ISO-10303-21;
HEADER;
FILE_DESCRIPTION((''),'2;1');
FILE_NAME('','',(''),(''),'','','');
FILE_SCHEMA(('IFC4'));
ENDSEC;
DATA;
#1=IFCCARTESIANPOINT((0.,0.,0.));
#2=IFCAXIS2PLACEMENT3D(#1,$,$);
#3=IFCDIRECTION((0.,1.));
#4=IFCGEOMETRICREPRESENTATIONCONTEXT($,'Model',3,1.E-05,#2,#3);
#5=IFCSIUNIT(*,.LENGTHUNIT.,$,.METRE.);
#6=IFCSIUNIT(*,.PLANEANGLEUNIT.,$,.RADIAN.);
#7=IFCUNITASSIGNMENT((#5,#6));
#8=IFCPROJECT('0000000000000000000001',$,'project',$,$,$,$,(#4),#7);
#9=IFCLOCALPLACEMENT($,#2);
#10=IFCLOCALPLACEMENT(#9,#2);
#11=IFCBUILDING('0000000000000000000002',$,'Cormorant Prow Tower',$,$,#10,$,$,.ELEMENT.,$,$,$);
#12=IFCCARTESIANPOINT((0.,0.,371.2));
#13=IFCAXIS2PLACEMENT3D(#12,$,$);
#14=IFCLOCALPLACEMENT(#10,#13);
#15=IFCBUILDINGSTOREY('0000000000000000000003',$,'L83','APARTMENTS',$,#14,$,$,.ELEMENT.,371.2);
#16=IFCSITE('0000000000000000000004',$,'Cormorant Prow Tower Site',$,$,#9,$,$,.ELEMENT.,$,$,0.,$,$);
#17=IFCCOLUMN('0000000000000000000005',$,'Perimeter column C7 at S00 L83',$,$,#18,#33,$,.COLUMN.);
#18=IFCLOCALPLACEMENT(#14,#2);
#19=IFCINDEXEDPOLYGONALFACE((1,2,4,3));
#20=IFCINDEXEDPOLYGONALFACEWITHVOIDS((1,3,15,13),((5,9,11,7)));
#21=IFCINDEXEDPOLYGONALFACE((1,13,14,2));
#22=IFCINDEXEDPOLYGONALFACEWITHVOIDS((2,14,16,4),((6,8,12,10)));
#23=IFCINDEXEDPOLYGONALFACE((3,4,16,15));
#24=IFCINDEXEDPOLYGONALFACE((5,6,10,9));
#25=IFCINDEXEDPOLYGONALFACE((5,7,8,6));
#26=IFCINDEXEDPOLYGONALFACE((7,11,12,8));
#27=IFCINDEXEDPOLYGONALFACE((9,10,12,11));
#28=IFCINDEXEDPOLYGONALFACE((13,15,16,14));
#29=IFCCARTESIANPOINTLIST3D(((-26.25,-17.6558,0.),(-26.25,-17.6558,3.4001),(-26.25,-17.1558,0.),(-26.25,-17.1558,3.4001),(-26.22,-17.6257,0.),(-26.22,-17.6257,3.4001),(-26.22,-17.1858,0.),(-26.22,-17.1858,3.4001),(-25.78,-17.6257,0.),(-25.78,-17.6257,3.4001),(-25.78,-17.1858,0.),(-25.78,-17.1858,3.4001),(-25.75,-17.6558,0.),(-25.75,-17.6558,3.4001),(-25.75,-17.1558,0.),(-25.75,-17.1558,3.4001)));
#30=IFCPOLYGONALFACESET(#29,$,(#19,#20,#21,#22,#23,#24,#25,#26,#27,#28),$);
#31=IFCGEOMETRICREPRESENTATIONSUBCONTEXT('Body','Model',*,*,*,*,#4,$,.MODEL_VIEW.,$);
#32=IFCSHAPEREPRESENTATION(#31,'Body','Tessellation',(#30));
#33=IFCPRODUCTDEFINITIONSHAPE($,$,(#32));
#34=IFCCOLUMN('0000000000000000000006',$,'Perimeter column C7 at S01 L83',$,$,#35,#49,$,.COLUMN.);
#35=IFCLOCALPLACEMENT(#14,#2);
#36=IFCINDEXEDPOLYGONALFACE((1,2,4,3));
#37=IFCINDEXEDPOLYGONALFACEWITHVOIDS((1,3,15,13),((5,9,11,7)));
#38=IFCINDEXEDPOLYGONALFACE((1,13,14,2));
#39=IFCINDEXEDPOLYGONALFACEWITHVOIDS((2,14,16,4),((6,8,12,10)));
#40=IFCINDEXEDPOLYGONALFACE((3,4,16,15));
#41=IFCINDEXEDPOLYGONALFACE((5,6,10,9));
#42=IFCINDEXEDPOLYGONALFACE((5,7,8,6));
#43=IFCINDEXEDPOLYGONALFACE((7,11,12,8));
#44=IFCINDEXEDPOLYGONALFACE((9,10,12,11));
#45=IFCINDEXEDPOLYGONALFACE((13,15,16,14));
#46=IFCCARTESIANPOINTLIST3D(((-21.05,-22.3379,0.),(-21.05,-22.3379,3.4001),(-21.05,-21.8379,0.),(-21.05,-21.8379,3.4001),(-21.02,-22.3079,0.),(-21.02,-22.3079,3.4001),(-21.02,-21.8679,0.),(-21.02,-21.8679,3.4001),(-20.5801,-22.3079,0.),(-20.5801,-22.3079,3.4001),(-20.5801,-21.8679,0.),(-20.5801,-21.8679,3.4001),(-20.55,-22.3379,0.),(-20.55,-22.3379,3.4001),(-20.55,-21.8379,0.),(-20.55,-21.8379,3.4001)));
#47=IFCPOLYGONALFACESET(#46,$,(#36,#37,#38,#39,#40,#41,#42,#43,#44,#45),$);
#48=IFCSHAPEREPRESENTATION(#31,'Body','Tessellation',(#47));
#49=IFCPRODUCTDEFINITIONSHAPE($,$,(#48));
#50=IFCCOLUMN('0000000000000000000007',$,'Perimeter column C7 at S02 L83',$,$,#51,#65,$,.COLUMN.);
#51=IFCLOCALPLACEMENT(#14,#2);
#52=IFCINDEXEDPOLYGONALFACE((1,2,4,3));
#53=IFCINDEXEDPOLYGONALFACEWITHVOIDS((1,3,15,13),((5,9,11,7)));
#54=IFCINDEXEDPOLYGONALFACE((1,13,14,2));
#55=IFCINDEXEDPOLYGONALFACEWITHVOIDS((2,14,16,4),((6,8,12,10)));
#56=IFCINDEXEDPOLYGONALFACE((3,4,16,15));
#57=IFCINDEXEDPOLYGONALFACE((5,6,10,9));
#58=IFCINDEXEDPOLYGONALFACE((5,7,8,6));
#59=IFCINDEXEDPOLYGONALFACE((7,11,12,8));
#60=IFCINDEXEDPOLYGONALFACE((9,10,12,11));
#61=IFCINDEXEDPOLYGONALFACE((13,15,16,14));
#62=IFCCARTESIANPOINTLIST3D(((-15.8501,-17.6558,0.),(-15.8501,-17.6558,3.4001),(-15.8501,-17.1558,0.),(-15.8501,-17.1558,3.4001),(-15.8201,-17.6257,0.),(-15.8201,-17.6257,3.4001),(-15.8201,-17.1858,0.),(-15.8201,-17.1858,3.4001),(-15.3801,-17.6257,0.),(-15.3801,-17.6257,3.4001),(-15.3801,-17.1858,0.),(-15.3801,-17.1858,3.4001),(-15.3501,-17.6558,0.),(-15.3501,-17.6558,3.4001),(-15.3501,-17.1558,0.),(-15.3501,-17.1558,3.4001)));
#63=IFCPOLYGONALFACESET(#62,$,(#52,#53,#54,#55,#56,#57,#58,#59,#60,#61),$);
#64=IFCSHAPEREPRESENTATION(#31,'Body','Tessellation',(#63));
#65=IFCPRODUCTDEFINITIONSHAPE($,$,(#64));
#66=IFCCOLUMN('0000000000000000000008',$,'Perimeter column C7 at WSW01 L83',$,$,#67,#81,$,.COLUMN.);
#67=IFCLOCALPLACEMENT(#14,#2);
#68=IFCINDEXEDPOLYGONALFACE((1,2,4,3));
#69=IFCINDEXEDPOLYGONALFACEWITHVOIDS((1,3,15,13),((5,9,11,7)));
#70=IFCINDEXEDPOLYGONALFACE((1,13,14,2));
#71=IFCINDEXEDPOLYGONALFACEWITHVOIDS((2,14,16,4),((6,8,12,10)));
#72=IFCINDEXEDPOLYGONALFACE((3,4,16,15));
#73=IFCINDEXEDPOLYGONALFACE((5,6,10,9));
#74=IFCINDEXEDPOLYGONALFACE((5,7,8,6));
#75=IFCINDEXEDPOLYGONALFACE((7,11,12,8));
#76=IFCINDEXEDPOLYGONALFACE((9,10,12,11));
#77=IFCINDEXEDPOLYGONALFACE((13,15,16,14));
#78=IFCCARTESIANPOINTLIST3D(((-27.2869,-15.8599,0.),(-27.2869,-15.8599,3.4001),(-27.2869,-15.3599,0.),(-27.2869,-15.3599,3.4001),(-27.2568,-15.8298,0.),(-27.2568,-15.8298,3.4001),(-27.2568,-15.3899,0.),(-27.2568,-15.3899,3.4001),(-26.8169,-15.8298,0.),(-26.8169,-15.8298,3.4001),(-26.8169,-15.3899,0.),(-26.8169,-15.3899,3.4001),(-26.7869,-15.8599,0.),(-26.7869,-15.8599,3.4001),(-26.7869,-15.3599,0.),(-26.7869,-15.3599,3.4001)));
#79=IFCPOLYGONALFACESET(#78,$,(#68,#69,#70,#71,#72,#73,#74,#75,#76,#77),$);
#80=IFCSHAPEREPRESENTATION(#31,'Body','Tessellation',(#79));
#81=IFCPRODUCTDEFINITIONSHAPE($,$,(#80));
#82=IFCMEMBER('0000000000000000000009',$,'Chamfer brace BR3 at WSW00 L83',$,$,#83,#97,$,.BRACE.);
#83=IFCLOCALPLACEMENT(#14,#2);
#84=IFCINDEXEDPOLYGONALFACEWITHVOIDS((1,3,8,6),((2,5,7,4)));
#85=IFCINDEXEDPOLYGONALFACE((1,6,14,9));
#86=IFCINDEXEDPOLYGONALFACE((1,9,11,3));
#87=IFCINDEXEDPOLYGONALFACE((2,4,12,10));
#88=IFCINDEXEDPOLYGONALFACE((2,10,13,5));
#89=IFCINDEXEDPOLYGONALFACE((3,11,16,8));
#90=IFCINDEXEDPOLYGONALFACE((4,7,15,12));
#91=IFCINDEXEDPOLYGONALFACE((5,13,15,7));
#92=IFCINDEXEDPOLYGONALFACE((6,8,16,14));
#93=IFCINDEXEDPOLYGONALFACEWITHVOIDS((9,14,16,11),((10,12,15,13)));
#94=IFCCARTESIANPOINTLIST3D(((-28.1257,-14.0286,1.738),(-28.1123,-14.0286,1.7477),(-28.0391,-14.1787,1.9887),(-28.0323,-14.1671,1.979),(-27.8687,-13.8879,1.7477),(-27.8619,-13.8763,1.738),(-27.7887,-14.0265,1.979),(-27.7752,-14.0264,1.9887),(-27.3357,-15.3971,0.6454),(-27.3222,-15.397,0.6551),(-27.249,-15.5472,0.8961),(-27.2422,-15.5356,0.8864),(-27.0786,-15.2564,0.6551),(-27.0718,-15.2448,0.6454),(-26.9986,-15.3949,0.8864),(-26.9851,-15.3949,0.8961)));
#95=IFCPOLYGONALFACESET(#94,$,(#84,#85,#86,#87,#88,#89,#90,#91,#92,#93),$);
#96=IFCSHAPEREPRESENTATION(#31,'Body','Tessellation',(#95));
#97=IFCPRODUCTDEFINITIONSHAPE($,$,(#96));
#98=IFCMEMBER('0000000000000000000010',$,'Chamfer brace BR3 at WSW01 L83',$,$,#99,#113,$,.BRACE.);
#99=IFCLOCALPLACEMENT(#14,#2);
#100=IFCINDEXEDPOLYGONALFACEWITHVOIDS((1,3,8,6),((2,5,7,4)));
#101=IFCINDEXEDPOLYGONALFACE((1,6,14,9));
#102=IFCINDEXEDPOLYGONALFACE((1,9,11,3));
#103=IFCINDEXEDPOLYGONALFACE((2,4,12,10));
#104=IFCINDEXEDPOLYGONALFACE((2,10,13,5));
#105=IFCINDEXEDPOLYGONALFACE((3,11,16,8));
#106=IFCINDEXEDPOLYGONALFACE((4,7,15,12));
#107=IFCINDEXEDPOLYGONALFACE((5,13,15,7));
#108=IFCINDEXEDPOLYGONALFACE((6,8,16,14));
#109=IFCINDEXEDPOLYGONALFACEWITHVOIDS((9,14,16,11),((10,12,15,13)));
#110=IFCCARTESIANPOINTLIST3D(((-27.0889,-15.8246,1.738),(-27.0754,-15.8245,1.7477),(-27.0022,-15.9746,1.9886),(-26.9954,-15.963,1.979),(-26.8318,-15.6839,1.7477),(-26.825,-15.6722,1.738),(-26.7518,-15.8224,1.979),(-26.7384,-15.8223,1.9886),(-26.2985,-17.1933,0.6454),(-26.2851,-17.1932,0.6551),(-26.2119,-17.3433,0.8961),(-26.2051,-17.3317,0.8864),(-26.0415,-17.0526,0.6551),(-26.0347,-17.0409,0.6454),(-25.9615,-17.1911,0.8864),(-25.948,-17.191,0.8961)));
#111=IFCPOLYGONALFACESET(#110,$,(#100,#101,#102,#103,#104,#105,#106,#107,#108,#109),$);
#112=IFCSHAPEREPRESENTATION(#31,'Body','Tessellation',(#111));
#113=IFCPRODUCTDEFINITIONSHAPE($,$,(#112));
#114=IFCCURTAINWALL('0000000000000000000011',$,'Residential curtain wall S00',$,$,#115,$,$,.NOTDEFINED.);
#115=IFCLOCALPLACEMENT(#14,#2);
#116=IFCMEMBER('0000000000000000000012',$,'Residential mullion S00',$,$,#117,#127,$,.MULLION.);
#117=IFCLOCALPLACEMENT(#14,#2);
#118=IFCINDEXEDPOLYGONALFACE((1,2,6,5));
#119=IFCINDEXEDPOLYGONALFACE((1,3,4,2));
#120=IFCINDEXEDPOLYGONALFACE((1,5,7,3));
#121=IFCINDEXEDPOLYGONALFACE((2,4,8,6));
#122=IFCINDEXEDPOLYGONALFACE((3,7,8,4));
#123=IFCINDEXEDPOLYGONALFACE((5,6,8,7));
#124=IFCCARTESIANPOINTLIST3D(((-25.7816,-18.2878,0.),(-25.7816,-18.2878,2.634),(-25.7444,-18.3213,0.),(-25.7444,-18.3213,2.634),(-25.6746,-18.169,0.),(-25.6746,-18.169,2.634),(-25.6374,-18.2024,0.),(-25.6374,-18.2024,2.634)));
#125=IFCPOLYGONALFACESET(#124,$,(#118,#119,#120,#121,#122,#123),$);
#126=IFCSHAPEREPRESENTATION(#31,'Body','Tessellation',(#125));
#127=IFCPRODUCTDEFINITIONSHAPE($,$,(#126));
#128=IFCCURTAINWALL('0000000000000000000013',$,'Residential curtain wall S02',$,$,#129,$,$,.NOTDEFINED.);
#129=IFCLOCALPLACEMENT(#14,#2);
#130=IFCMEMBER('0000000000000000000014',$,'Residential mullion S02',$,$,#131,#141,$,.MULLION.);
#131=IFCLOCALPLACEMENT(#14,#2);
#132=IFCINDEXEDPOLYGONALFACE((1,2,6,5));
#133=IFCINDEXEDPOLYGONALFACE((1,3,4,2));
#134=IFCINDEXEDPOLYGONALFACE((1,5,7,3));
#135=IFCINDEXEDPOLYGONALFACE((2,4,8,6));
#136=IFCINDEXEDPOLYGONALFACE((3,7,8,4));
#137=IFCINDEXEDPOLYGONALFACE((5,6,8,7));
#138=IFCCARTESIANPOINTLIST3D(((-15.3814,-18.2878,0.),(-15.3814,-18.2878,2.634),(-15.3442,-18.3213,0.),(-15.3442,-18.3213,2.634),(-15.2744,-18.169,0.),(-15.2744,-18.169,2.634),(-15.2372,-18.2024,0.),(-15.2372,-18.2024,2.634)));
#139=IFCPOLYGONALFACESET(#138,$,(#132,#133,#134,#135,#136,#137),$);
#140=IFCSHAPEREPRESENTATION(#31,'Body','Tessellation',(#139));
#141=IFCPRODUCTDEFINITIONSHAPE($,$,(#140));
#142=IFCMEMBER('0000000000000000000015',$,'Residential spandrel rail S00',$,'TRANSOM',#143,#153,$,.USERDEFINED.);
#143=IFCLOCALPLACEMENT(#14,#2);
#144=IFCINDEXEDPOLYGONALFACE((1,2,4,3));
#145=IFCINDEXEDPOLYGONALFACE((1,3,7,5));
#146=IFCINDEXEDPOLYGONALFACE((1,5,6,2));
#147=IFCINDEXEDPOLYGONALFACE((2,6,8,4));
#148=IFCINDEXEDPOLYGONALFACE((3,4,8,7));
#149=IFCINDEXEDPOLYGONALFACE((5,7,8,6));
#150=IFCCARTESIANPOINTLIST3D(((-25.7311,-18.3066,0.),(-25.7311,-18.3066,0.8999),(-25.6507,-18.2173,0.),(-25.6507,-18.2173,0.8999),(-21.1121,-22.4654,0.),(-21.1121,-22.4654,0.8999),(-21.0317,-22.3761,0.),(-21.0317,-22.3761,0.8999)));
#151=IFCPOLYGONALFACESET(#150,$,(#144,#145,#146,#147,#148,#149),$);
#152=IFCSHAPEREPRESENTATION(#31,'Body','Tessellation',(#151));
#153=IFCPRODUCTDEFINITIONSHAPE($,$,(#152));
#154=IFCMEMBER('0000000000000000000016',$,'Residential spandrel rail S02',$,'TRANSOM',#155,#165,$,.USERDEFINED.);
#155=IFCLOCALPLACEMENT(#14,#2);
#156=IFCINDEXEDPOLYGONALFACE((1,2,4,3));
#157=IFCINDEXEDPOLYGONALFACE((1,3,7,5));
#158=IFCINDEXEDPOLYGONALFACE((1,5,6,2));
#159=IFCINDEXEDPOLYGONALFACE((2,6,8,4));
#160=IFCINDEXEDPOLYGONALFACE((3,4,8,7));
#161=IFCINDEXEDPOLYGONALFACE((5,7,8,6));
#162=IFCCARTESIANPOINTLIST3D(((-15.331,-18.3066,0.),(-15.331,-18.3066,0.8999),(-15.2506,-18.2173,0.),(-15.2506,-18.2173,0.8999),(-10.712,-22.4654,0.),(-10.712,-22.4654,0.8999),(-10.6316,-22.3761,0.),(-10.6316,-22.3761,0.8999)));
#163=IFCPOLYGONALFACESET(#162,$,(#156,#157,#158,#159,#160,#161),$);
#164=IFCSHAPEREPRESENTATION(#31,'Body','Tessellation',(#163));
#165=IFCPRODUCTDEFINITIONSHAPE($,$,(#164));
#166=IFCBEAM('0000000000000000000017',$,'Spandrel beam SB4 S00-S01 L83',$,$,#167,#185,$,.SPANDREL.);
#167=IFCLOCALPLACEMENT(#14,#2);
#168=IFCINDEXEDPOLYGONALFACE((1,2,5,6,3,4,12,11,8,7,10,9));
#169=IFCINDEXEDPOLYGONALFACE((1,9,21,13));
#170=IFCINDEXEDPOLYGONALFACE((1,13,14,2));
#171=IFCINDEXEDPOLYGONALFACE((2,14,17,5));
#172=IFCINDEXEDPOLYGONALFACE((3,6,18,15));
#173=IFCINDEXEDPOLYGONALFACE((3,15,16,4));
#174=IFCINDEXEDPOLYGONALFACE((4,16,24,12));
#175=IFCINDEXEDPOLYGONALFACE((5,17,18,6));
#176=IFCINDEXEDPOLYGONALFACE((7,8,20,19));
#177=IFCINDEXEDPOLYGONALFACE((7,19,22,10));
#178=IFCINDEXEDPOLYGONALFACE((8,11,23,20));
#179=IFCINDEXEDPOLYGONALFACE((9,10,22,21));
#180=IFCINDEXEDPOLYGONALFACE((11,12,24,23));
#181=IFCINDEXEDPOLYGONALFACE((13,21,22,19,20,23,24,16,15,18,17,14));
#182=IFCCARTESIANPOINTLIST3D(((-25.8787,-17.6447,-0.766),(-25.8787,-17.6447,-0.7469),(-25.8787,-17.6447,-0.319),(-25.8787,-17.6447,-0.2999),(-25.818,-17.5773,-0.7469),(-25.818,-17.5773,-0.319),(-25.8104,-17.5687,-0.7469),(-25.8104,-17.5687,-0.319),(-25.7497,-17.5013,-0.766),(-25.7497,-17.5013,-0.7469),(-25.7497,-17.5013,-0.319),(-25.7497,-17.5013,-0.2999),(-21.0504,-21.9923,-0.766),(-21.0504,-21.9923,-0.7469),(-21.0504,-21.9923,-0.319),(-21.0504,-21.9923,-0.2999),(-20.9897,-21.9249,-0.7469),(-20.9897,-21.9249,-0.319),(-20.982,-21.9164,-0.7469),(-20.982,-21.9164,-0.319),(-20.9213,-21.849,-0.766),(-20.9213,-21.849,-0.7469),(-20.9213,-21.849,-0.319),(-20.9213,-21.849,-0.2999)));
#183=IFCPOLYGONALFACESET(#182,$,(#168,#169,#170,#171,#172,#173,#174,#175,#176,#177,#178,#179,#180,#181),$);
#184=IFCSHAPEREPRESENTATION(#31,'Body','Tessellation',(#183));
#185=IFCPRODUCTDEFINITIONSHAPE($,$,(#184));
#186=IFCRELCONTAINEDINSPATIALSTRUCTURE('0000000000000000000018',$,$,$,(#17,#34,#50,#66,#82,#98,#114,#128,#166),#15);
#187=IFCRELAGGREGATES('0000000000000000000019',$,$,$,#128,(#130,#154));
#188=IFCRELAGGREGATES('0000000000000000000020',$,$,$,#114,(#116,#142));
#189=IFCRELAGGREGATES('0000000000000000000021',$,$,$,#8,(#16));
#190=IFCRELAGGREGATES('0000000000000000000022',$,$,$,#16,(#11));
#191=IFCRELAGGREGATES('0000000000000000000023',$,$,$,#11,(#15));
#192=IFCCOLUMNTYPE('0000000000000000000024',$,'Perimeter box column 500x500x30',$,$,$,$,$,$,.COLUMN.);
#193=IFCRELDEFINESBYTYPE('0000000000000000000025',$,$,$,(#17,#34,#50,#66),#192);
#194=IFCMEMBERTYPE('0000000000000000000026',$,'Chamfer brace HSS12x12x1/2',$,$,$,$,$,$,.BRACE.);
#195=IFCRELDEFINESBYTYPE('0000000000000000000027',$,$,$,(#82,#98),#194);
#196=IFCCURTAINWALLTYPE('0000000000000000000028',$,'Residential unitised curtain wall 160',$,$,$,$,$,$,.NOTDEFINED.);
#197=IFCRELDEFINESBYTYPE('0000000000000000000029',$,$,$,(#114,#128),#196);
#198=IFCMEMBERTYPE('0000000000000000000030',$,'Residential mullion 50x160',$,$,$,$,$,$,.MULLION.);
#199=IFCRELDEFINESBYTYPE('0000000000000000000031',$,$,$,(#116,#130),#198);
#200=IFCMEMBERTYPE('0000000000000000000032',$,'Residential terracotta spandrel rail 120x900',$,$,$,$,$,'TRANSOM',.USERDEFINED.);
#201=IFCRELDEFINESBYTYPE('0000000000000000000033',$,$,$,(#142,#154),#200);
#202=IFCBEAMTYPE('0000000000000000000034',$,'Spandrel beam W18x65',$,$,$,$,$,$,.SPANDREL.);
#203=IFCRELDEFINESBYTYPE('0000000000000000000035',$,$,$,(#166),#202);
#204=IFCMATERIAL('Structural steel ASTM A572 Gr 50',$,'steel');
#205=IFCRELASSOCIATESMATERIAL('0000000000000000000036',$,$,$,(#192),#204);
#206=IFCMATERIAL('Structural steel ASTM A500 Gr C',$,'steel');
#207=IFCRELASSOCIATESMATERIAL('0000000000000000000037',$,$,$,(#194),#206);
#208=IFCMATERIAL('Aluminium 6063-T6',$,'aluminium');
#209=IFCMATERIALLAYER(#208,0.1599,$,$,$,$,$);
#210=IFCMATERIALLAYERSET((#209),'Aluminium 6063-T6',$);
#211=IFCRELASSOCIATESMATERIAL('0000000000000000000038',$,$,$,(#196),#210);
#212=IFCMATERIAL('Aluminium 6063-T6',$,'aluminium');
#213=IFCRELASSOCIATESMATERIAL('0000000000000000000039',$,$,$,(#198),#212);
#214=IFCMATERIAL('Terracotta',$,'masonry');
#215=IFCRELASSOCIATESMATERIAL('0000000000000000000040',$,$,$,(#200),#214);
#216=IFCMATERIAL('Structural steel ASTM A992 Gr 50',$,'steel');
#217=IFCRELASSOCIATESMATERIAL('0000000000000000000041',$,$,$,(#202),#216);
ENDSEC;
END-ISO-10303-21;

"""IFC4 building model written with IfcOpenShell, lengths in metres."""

from ifc_helpers import new_model, si_unit, direction, frame, origin, origin_2d, place, context, subcontext, project, spatial, rectangle, hollow_rectangle, i_section, extrude, material, layer, layer_set, material_profile, profile_set, type_object, element, aggregate, save


model = new_model("IFC4")

# Units and contexts
model_context = context("Model", 3, precision=1e-05, world=origin(), true_north=direction((0.0, 1.0)))
body_context = subcontext(model_context, "Body", "Model", "MODEL_VIEW")
ifc_project = project(units=[si_unit("LENGTHUNIT", "METRE"), si_unit("PLANEANGLEUNIT", "RADIAN")], contexts=[model_context])

# Site, building, storey
site_placement = place(None, origin())
site = spatial("IfcSite", under=ifc_project, at=site_placement, Name="Cormorant Prow Tower Site", CompositionType="ELEMENT", RefElevation=0.0)
building_placement = place(site_placement, origin())
building = spatial("IfcBuilding", under=site, at=building_placement, Name="Cormorant Prow Tower", CompositionType="ELEMENT")
storey_placement = place(building_placement, frame((0.0, 0.0, 371.2)))
storey = spatial("IfcBuildingStorey", under=building, at=storey_placement, Name="L83", Description="APARTMENTS", CompositionType="ELEMENT", Elevation=371.2)

# Columns
ifc_material_1 = material(Name="Structural steel ASTM A572 Gr 50", Category="steel")
ifc_material_profile_1 = material_profile(ifc_material_1, hollow_rectangle(XDim=0.5, YDim=0.5, WallThickness=0.03, at=origin_2d()), Name="Box 500x500x30")
ifc_profile_set_1 = profile_set([ifc_material_profile_1], Name="Structural steel ASTM A572 Gr 50")
column_type = type_object("IfcColumnType", Name="Perimeter box column 500x500x30", PredefinedType="COLUMN", material=ifc_profile_set_1)
for number, where, z_axis, x_axis, name in (
    (1, (-26.0, -17.4058, 0.0), (0.0, 0.0, 1.0), (1.0, 0.0, 0.0), "Perimeter column C7 at S00 L83"),
    (2, (-20.8, -22.0879, 0.0), (0.0, 0.0, 1.0), (1.0, 0.0, 0.0), "Perimeter column C7 at S01 L83"),
    (3, (-15.6001, -17.4058, 0.0), (0.0, 0.0, 1.0), (1.0, 0.0, 0.0), "Perimeter column C7 at S02 L83"),
    (4, (-27.0369, -15.6099, 0.0), (0.0, 0.0, 1.0), (1.0, 0.0, 0.0), "Perimeter column C7 at WSW01 L83"),
):
    element("IfcColumn", number, at=place(storey_placement, frame(where, z_axis=z_axis, x_axis=x_axis)), inside=storey, type_object=column_type, Name=name, PredefinedType="COLUMN", context=body_context, shape_type="SweptSolid", body=[
        extrude(hollow_rectangle(XDim=0.5, YDim=0.5, WallThickness=0.03, at=origin_2d()), origin(), (0.0, 0.0, 1.0), 3.4001),
    ])

# Members
ifc_material_2 = material(Name="Structural steel ASTM A500 Gr C", Category="steel")
ifc_material_profile_2 = material_profile(ifc_material_2, hollow_rectangle(XDim=0.3047, YDim=0.3047, WallThickness=0.0117, at=origin_2d()), Name="HSS12x12x1/2")
ifc_profile_set_2 = profile_set([ifc_material_profile_2], Name="Structural steel ASTM A500 Gr C")
member_type_1 = type_object("IfcMemberType", Name="Chamfer brace HSS12x12x1/2", PredefinedType="BRACE", material=ifc_profile_set_2)
member_1_placement = place(storey_placement, frame((-27.1604, -15.396, 0.7708), z_axis=(-0.41126, 0.712334, 0.568723), x_axis=(-0.866029, -0.499994, 0.0)))
element("IfcMember", 5, at=member_1_placement, inside=storey, type_object=member_type_1, Name="Chamfer brace BR3 at WSW00 L83", PredefinedType="BRACE", context=body_context, shape_type="SweptSolid", body=[
    extrude(hollow_rectangle(XDim=0.3047, YDim=0.3047, WallThickness=0.0117, at=origin_2d()), origin(), (0.0, 0.0, 1.0), 1.9211),
])
member_2_placement = place(storey_placement, frame((-26.1233, -17.1921, 0.7708), z_axis=(-0.411328, 0.712359, 0.568642), x_axis=(-0.866, -0.500043, 0.0)))
element("IfcMember", 6, at=member_2_placement, inside=storey, type_object=member_type_1, Name="Chamfer brace BR3 at WSW01 L83", PredefinedType="BRACE", context=body_context, shape_type="SweptSolid", body=[
    extrude(hollow_rectangle(XDim=0.3047, YDim=0.3047, WallThickness=0.0117, at=origin_2d()), origin(), (0.0, 0.0, 1.0), 1.9214),
])

# Curtain walls, members
ifc_material_3 = material(Name="Aluminium 6063-T6", Category="aluminium")
ifc_layer_1 = layer(ifc_material_3, 0.1599)
ifc_layer_set_1 = layer_set([ifc_layer_1], Name="Aluminium 6063-T6")
curtain_wall_type = type_object("IfcCurtainWallType", Name="Residential unitised curtain wall 160", PredefinedType="NOTDEFINED", material=ifc_layer_set_1)
curtain_wall_1_placement = place(storey_placement, origin())
curtain_wall_1 = element("IfcCurtainWall", 7, at=curtain_wall_1_placement, inside=storey, type_object=curtain_wall_type, Name="Residential curtain wall S00", PredefinedType="NOTDEFINED")
ifc_material_4 = material(Name="Aluminium 6063-T6", Category="aluminium")
ifc_material_profile_3 = material_profile(ifc_material_4, rectangle(XDim=0.1599, YDim=0.05, at=origin_2d()), Name="Residential mullion 50x160")
ifc_profile_set_3 = profile_set([ifc_material_profile_3], Name="Aluminium 6063-T6")
member_type_2 = type_object("IfcMemberType", Name="Residential mullion 50x160", PredefinedType="MULLION", material=ifc_profile_set_3)
member_3_placement = place(storey_placement, frame((-25.7095, -18.2451, 0.0), z_axis=(0.0, 0.0, 1.0), x_axis=(0.669131, 0.743145, 0.0)))
member_3 = element("IfcMember", 8, at=member_3_placement, type_object=member_type_2, Name="Residential mullion S00", PredefinedType="MULLION", context=body_context, shape_type="SweptSolid", body=[
    extrude(rectangle(XDim=0.1599, YDim=0.05, at=origin_2d()), origin(), (0.0, 0.0, 1.0), 2.634),
])
curtain_wall_2_placement = place(storey_placement, origin())
curtain_wall_2 = element("IfcCurtainWall", 9, at=curtain_wall_2_placement, inside=storey, type_object=curtain_wall_type, Name="Residential curtain wall S02", PredefinedType="NOTDEFINED")
member_4_placement = place(storey_placement, frame((-15.3093, -18.2451, 0.0), z_axis=(0.0, 0.0, 1.0), x_axis=(0.669131, 0.743145, 0.0)))
member_4 = element("IfcMember", 10, at=member_4_placement, type_object=member_type_2, Name="Residential mullion S02", PredefinedType="MULLION", context=body_context, shape_type="SweptSolid", body=[
    extrude(rectangle(XDim=0.1599, YDim=0.05, at=origin_2d()), origin(), (0.0, 0.0, 1.0), 2.634),
])

# Members
ifc_material_5 = material(Name="Terracotta", Category="masonry")
ifc_material_profile_4 = material_profile(ifc_material_5, rectangle(XDim=0.1201, YDim=0.8999, at=origin_2d()), Name="Residential terracotta spandrel rail 120x900")
ifc_profile_set_4 = profile_set([ifc_material_profile_4], Name="Terracotta")
member_type_3 = type_object("IfcMemberType", Name="Residential terracotta spandrel rail 120x900", ElementType="TRANSOM", PredefinedType="USERDEFINED", material=ifc_profile_set_4)
member_5_placement = place(storey_placement, frame((-25.6909, -18.262, 0.45), z_axis=(0.743159, -0.669114, 0.0), x_axis=(0.669114, 0.743159, 0.0)))
member_5 = element("IfcMember", 11, at=member_5_placement, type_object=member_type_3, Name="Residential spandrel rail S00", ObjectType="TRANSOM", PredefinedType="USERDEFINED", context=body_context, shape_type="SweptSolid", body=[
    extrude(rectangle(XDim=0.1201, YDim=0.8999, at=origin_2d()), origin(), (0.0, 0.0, 1.0), 6.2153),
])
member_6_placement = place(storey_placement, frame((-15.2908, -18.262, 0.45), z_axis=(0.743159, -0.669114, 0.0), x_axis=(0.669114, 0.743159, 0.0)))
member_6 = element("IfcMember", 12, at=member_6_placement, type_object=member_type_3, Name="Residential spandrel rail S02", ObjectType="TRANSOM", PredefinedType="USERDEFINED", context=body_context, shape_type="SweptSolid", body=[
    extrude(rectangle(XDim=0.1201, YDim=0.8999, at=origin_2d()), origin(), (0.0, 0.0, 1.0), 6.2153),
])
aggregate(curtain_wall_2, [member_4, member_6])

# Beam
ifc_material_6 = material(Name="Structural steel ASTM A992 Gr 50", Category="steel")
ifc_material_profile_5 = material_profile(ifc_material_6, i_section(OverallWidth=0.1929, OverallDepth=0.4661, WebThickness=0.0115, FlangeThickness=0.019, at=origin_2d()), Name="W18x65")
ifc_profile_set_5 = profile_set([ifc_material_profile_5], Name="Structural steel ASTM A992 Gr 50")
beam_type = type_object("IfcBeamType", Name="Spandrel beam W18x65", PredefinedType="SPANDREL", material=ifc_profile_set_5)
for number, where, z_axis, x_axis, name in (
    (13, (-25.8142, -17.573, -0.533), (0.743132, -0.669145, 0.0), (0.669145, 0.743132, 0.0), "Spandrel beam SB4 S00-S01 L83"),
):
    element("IfcBeam", number, at=place(storey_placement, frame(where, z_axis=z_axis, x_axis=x_axis)), inside=storey, type_object=beam_type, Name=name, PredefinedType="SPANDREL", context=body_context, shape_type="SweptSolid", body=[
        extrude(i_section(OverallWidth=0.1929, OverallDepth=0.4661, WebThickness=0.0115, FlangeThickness=0.019, at=origin_2d()), origin(), (0.0, 0.0, 1.0), 6.4973),
    ])

aggregate(curtain_wall_1, [member_3, member_5])

save(model, "model.ifc")
